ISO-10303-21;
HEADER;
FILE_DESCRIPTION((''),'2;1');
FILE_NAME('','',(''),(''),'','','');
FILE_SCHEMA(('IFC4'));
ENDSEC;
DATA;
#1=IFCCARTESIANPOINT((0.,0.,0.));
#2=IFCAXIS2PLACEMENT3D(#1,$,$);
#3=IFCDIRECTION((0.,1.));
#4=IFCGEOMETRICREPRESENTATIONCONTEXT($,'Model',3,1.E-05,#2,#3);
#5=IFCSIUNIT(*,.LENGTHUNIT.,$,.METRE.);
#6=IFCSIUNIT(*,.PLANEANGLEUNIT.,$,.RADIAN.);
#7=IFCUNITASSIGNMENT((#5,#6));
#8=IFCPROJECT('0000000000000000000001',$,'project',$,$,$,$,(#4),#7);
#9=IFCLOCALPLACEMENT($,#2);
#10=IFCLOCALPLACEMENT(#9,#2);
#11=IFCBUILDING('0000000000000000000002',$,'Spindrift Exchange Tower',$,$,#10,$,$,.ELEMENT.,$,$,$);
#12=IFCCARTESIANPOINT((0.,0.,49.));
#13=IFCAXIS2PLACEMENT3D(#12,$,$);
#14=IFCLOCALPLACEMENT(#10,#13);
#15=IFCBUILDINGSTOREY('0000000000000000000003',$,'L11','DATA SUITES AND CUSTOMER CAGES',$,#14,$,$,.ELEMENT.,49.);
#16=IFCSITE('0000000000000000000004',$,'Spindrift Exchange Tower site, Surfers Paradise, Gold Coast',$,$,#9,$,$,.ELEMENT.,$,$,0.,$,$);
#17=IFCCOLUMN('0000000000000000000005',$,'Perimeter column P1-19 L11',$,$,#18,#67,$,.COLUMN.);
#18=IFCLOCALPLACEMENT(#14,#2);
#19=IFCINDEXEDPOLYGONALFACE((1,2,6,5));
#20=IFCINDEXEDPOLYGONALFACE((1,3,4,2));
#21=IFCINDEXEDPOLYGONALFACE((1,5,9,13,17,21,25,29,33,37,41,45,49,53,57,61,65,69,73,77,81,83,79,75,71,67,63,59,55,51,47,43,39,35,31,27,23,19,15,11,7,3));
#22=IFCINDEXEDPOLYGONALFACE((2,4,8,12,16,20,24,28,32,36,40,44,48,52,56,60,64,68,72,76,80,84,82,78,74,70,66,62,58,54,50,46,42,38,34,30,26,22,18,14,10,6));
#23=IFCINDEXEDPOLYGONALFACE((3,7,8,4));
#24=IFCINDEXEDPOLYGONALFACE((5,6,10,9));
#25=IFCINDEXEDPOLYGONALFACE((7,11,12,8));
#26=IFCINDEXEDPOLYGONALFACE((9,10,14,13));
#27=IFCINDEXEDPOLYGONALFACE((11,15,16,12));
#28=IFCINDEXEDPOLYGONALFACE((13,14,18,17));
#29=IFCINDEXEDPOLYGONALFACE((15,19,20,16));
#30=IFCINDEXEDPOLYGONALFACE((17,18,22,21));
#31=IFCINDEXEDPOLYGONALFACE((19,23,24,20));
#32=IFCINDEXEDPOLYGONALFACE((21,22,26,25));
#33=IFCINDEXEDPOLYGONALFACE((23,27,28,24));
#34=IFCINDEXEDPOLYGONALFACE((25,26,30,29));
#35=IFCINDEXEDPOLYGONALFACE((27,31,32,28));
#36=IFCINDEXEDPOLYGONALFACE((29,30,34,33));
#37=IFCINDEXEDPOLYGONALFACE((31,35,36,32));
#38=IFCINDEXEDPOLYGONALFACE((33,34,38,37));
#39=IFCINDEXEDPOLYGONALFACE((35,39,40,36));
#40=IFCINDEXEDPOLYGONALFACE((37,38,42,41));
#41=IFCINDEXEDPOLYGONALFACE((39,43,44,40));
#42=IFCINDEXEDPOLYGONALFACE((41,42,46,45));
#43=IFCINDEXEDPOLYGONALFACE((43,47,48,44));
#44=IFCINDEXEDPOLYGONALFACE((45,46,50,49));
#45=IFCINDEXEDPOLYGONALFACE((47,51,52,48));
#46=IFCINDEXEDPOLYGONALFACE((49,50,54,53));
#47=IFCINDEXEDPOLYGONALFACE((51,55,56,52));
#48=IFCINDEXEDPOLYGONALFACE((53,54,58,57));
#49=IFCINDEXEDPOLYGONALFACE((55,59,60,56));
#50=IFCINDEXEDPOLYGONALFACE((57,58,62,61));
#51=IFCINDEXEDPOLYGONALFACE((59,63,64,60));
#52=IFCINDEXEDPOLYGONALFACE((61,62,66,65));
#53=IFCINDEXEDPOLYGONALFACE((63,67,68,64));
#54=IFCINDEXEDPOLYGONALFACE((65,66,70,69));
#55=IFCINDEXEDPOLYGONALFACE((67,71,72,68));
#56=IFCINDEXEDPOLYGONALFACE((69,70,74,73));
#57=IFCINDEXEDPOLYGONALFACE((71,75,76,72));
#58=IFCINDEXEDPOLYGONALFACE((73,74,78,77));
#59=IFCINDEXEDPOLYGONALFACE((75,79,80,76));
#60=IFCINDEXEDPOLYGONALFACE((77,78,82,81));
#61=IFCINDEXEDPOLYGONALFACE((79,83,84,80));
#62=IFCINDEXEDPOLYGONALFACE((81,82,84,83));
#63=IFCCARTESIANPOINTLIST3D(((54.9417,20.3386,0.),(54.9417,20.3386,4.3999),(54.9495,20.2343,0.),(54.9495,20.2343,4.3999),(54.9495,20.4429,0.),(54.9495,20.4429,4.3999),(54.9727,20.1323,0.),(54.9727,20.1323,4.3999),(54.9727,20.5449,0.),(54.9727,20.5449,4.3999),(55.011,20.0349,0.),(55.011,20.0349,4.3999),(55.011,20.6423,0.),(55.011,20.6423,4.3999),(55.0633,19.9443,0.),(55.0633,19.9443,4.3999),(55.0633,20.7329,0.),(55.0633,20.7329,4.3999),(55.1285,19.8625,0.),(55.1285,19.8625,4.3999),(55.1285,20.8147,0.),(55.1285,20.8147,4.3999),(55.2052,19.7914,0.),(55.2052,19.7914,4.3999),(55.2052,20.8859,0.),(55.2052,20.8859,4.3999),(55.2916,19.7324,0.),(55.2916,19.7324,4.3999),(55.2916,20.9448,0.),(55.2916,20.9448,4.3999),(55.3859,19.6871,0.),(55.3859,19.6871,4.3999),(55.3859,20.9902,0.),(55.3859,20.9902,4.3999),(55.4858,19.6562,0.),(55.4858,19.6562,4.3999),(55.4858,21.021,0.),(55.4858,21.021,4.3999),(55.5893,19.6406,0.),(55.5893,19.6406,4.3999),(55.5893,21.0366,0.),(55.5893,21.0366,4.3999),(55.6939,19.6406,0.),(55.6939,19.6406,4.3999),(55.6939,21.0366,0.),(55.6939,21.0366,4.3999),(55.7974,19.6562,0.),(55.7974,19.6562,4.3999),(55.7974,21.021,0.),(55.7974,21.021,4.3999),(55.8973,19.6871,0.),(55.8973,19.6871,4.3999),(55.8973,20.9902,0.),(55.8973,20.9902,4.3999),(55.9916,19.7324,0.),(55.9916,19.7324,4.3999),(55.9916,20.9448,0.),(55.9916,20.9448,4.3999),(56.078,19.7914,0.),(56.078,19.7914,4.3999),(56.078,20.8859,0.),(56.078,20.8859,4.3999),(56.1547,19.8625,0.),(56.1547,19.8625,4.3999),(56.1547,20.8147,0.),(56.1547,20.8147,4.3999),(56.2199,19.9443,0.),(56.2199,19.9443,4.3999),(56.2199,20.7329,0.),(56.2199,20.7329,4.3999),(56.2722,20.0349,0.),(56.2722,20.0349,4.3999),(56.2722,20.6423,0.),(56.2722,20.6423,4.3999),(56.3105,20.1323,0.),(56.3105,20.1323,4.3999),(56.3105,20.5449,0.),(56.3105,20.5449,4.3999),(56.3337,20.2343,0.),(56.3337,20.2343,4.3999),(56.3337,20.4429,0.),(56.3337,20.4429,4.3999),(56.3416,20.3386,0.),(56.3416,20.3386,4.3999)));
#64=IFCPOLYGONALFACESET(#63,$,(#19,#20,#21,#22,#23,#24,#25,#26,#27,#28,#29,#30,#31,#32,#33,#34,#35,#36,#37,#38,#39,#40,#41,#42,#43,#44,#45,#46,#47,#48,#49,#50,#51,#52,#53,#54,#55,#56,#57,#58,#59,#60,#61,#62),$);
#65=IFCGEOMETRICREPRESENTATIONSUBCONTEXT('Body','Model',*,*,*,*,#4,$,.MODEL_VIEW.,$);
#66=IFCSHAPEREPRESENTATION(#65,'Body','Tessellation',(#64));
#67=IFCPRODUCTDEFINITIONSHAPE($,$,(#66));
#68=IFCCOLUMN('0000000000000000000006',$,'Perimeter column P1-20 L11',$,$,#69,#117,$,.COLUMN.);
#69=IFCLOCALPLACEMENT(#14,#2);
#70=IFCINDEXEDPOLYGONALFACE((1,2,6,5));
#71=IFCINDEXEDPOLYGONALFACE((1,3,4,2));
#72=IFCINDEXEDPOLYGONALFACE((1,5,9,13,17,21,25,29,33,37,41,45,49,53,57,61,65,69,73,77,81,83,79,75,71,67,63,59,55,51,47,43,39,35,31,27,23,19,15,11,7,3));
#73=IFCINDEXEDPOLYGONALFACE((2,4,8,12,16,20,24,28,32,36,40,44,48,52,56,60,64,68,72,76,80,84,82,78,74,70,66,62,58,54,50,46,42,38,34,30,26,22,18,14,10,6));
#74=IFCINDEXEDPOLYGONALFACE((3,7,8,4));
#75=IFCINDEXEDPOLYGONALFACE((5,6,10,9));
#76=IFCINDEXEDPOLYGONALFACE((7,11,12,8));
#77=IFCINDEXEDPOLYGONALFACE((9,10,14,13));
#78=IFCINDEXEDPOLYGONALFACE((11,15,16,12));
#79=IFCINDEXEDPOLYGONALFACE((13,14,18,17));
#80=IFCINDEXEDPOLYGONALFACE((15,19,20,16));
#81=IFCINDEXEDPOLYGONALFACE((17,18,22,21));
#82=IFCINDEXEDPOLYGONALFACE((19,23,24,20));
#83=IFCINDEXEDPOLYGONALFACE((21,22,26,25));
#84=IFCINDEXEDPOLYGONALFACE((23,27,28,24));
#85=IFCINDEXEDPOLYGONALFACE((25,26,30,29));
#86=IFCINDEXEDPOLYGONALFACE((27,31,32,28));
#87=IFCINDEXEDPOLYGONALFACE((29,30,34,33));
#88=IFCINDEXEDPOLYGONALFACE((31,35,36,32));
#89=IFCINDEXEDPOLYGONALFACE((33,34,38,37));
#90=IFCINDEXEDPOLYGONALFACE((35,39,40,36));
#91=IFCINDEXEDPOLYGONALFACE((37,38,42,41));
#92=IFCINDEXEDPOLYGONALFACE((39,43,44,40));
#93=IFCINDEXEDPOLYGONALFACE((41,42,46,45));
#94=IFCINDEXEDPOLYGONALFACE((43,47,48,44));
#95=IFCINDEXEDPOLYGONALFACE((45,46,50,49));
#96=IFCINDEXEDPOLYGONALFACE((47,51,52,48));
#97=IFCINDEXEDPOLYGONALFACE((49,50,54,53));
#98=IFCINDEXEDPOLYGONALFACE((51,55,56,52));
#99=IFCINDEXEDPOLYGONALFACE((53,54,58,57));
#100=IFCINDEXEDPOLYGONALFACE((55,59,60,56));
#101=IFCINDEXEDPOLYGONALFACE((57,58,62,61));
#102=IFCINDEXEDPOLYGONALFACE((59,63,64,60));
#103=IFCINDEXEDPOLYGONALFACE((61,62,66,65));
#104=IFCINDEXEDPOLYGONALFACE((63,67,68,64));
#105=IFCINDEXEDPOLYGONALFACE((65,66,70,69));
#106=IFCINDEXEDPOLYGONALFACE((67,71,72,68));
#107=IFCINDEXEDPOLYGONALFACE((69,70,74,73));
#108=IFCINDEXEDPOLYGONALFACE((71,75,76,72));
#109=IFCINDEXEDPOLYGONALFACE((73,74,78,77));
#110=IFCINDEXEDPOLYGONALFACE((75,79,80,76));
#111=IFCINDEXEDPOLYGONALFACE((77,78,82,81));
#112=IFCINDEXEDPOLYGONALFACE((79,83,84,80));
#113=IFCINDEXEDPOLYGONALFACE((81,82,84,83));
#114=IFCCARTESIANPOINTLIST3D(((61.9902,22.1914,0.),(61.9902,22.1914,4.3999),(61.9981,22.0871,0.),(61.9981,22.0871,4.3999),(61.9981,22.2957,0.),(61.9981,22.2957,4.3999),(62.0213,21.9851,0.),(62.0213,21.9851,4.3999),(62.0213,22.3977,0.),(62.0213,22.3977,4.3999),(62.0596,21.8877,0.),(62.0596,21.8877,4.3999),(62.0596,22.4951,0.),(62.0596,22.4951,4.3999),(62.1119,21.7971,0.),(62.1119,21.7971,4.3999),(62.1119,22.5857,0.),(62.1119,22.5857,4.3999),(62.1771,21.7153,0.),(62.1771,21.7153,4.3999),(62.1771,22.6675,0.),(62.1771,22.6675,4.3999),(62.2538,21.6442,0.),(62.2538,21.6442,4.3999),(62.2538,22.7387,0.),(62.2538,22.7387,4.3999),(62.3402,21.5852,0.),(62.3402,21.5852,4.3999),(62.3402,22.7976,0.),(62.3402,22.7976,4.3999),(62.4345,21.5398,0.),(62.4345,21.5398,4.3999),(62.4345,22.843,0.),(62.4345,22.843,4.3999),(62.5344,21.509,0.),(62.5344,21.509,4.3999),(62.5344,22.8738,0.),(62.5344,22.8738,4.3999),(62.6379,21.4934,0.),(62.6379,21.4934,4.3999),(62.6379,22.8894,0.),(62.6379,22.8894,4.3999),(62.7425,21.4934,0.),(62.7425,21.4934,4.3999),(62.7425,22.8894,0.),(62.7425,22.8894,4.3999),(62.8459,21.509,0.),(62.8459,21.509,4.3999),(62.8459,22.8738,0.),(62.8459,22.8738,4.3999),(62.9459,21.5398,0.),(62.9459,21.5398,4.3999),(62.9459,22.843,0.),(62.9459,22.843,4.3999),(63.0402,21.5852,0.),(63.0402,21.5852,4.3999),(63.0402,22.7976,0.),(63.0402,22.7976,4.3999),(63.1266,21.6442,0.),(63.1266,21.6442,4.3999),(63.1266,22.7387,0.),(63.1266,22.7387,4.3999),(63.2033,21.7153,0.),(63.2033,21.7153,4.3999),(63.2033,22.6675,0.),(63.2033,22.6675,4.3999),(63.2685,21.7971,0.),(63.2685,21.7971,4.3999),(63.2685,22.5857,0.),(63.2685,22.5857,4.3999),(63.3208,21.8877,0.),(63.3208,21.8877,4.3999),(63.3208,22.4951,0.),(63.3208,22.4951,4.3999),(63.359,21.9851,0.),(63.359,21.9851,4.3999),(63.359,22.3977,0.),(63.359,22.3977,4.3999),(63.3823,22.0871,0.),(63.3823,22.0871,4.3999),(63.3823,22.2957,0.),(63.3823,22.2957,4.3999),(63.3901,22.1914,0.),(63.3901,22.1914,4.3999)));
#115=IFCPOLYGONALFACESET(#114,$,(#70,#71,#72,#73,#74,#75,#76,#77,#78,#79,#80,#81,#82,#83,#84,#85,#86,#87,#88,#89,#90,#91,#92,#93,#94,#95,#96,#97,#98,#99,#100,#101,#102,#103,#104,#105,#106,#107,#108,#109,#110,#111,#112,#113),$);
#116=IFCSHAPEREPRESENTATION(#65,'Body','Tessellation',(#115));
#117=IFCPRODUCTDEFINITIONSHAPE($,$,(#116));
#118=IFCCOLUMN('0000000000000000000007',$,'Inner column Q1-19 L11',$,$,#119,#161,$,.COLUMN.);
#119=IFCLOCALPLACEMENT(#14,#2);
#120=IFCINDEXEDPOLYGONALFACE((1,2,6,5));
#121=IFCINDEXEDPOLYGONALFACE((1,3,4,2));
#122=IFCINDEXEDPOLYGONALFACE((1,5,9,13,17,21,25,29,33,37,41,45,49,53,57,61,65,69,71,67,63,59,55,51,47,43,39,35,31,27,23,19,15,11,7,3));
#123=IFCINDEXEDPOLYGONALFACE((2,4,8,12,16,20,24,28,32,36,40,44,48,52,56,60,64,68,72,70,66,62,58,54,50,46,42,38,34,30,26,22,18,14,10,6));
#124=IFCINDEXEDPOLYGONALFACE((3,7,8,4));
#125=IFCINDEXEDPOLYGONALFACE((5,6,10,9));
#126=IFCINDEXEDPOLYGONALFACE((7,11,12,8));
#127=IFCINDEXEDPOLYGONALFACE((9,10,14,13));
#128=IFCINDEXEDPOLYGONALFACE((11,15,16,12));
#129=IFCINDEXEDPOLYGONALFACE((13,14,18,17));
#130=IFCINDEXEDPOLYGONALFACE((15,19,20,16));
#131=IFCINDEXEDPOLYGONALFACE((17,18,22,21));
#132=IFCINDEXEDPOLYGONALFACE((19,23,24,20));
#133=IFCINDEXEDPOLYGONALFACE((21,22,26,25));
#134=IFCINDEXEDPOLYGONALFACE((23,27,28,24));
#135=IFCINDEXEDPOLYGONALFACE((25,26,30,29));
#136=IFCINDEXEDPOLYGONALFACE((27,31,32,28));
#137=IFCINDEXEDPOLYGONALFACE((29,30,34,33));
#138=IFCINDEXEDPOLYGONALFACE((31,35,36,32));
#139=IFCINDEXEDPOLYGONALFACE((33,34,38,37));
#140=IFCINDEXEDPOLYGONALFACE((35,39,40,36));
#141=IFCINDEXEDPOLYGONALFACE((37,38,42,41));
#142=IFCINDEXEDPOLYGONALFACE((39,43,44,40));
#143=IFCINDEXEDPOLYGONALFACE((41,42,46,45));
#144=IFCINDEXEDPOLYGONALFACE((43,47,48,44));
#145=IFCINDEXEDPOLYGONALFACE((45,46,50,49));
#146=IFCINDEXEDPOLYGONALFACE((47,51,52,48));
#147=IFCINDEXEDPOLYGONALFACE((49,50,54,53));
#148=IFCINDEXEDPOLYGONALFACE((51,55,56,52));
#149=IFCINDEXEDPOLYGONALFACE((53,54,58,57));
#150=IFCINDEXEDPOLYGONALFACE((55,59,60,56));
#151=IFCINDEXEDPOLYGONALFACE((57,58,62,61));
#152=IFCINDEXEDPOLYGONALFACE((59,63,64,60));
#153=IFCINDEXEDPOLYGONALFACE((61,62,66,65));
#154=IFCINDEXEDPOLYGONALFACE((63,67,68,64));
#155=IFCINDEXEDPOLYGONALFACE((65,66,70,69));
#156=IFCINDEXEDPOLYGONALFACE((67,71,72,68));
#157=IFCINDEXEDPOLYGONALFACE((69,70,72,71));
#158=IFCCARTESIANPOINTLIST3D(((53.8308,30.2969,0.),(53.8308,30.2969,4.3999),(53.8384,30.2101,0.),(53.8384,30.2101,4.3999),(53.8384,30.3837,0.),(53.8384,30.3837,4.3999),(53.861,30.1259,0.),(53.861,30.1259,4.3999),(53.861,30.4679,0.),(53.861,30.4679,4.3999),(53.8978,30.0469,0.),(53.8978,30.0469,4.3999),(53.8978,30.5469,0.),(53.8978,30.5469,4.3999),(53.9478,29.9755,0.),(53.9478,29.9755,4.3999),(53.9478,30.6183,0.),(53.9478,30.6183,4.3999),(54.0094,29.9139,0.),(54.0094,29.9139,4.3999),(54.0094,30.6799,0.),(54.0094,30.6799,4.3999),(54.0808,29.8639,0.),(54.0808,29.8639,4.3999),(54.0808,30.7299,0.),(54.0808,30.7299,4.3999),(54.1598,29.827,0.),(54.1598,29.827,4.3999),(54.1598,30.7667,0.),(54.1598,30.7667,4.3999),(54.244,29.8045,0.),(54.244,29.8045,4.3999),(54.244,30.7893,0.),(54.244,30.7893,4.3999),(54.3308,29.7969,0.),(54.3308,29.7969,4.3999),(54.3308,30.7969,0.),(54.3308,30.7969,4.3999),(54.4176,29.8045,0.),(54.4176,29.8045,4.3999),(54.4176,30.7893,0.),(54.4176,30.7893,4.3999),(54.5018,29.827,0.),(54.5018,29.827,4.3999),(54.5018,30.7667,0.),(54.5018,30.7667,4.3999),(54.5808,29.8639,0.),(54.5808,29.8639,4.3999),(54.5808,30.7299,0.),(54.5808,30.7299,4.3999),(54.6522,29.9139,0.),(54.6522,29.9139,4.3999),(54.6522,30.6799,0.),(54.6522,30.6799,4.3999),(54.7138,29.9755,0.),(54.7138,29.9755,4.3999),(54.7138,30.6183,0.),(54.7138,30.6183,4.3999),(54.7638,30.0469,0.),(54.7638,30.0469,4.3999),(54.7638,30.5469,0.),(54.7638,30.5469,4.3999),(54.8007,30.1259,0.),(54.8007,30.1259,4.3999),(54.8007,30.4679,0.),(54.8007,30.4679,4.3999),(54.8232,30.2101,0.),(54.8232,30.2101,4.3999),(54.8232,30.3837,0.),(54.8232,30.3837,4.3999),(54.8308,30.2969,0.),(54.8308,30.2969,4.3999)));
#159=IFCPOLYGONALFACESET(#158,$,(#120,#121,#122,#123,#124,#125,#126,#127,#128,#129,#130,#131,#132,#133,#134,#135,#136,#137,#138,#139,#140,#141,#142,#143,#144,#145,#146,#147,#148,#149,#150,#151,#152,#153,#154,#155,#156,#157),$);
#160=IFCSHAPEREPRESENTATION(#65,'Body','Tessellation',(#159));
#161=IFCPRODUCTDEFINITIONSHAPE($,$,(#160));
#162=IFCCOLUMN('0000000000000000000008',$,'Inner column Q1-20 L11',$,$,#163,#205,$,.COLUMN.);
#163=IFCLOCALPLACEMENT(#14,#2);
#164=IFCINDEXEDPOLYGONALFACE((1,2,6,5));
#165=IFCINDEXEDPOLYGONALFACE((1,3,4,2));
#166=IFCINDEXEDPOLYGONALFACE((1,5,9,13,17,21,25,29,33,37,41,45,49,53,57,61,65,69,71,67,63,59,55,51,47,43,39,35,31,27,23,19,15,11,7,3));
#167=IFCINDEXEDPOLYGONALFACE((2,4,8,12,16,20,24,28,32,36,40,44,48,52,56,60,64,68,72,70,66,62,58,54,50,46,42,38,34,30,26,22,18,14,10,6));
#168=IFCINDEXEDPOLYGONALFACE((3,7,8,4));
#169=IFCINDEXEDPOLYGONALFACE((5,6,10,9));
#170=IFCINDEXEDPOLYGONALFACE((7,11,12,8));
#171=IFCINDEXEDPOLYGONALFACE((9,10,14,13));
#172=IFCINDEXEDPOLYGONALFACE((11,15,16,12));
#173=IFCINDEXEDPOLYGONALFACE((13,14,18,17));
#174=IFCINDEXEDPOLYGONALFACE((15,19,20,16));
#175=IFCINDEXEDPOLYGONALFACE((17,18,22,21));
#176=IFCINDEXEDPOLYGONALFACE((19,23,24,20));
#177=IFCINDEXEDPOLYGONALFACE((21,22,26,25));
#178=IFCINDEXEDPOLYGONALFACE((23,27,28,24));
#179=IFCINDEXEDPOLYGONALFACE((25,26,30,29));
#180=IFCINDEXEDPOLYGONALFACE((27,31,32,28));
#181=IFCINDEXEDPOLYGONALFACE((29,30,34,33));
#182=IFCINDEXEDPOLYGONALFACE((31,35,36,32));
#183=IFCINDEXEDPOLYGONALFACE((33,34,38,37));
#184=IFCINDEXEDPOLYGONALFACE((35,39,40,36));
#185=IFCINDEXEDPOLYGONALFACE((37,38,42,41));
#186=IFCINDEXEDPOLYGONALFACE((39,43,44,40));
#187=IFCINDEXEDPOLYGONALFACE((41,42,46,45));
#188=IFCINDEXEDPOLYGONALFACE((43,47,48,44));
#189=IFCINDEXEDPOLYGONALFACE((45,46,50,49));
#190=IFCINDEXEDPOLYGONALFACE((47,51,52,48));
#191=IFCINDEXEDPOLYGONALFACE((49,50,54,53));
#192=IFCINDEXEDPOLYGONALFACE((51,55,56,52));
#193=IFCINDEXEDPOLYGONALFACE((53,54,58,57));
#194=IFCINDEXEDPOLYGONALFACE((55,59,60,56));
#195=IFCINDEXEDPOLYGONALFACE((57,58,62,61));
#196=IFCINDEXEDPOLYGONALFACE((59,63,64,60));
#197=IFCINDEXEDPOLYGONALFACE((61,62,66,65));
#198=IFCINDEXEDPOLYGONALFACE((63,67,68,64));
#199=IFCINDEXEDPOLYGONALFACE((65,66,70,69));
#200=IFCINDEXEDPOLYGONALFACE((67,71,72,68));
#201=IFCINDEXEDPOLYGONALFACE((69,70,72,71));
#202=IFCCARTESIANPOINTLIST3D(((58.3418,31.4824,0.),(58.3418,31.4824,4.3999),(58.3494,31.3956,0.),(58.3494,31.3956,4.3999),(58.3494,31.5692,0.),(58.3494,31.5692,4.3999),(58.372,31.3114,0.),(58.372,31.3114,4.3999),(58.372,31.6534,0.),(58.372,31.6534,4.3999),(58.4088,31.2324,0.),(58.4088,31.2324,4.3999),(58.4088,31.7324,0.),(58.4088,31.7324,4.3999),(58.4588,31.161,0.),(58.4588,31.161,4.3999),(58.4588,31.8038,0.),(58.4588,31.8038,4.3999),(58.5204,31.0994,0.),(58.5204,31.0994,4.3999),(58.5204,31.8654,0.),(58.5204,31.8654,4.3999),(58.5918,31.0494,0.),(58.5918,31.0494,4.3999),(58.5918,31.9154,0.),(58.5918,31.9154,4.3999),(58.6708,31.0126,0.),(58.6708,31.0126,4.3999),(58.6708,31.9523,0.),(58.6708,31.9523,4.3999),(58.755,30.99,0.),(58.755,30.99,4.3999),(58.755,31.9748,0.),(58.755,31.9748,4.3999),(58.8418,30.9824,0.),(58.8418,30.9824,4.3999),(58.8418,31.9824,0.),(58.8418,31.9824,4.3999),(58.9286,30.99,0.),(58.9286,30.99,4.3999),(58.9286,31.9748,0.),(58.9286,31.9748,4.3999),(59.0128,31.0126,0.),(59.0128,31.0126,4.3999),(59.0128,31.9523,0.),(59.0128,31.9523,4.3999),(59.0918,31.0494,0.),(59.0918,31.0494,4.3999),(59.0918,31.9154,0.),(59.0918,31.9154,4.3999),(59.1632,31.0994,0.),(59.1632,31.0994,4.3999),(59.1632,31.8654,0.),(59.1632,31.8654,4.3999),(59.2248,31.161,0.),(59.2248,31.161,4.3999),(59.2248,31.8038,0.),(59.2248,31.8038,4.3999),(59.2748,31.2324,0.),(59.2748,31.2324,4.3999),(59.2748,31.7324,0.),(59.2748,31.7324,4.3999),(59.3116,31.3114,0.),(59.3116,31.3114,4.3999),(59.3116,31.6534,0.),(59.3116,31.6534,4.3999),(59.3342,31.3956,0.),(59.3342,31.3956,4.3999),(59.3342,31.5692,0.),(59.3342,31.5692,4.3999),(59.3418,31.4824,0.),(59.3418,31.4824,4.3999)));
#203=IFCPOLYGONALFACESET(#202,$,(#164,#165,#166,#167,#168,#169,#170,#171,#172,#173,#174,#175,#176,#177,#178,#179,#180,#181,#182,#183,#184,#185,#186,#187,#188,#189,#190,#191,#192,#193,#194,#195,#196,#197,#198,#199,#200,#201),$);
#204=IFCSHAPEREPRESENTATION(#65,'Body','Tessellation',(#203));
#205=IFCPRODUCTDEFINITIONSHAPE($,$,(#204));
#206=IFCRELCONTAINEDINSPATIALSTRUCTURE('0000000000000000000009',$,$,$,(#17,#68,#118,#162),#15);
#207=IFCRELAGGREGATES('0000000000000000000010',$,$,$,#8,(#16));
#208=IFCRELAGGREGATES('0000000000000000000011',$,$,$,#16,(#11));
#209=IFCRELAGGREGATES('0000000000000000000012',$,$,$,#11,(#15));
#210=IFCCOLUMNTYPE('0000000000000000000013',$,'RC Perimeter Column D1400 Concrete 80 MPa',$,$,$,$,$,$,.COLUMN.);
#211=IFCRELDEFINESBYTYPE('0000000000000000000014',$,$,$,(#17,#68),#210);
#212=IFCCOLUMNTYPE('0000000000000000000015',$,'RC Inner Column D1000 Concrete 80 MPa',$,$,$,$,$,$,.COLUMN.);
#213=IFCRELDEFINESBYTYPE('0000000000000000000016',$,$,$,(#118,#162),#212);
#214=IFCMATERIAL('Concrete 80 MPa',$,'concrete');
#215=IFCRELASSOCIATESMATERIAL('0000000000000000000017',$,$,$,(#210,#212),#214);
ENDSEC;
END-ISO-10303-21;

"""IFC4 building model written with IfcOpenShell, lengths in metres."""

from ifc_helpers import new_model, si_unit, direction, frame, origin, origin_2d, place, context, subcontext, project, spatial, circle, extrude, source, transform, mapped, material, material_profile, profile_set, type_object, element, save


model = new_model("IFC4")

# Units and contexts
model_context = context("Model", 3, precision=1e-05, world=origin(), true_north=direction((0.0, 1.0)))
body_context = subcontext(model_context, "Body", "Model", "MODEL_VIEW")
ifc_project = project(units=[si_unit("LENGTHUNIT", "METRE"), si_unit("PLANEANGLEUNIT", "RADIAN")], contexts=[model_context])

# Site, building, storey
site_placement = place(None, origin())
site = spatial("IfcSite", under=ifc_project, at=site_placement, Name="Spindrift Exchange Tower site, Surfers Paradise, Gold Coast", CompositionType="ELEMENT", RefElevation=0.0)
building_placement = place(site_placement, origin())
building = spatial("IfcBuilding", under=site, at=building_placement, Name="Spindrift Exchange Tower", CompositionType="ELEMENT")
storey_placement = place(building_placement, frame((0.0, 0.0, 49.0)))
storey = spatial("IfcBuildingStorey", under=building, at=storey_placement, Name="L11", Description="DATA SUITES AND CUSTOMER CAGES", CompositionType="ELEMENT", Elevation=49.0)

# Columns
ifc_material_1 = material(Name="Concrete 80 MPa", Category="concrete")
ifc_material_profile_1 = material_profile(ifc_material_1, circle(Radius=0.7, at=origin_2d()), Name="RC D1400")
ifc_profile_set_1 = profile_set([ifc_material_profile_1], Name="Concrete 80 MPa")
column_type_1 = type_object("IfcColumnType", Name="RC Perimeter Column D1400 Concrete 80 MPa", PredefinedType="COLUMN", material=ifc_profile_set_1)
shared_shape_1 = source(origin(), body_context, "Body", "SweptSolid", [
    extrude(circle(Radius=0.7, at=origin_2d()), origin(), (0.0, 0.0, 1.0), 4.3999),
])
for number, where, z_axis, x_axis, name in (
    (1, (55.6416, 20.3386, 0.0), (0.0, 0.0, 1.0), (1.0, 0.0, 0.0), "Perimeter column P1-19 L11"),
    (2, (62.6902, 22.1914, 0.0), (0.0, 0.0, 1.0), (1.0, 0.0, 0.0), "Perimeter column P1-20 L11"),
):
    element("IfcColumn", number, at=place(storey_placement, frame(where, z_axis=z_axis, x_axis=x_axis)), inside=storey, type_object=column_type_1, Name=name, PredefinedType="COLUMN", context=body_context, shape_type="MappedRepresentation", body=[
        mapped(shared_shape_1, transform((0.0, 0.0, 0.0), scale=1.0)),
    ])
ifc_material_profile_2 = material_profile(ifc_material_1, circle(Radius=0.5, at=origin_2d()), Name="RC D1000")
ifc_profile_set_2 = profile_set([ifc_material_profile_2], Name="Concrete 80 MPa")
column_type_2 = type_object("IfcColumnType", Name="RC Inner Column D1000 Concrete 80 MPa", PredefinedType="COLUMN", material=ifc_profile_set_2)
shared_shape_2 = source(origin(), body_context, "Body", "SweptSolid", [
    extrude(circle(Radius=0.5, at=origin_2d()), origin(), (0.0, 0.0, 1.0), 4.3999),
])
for number, where, z_axis, x_axis, name in (
    (3, (54.3308, 30.2969, 0.0), (0.0, 0.0, 1.0), (1.0, 0.0, 0.0), "Inner column Q1-19 L11"),
    (4, (58.8418, 31.4824, 0.0), (0.0, 0.0, 1.0), (1.0, 0.0, 0.0), "Inner column Q1-20 L11"),
):
    element("IfcColumn", number, at=place(storey_placement, frame(where, z_axis=z_axis, x_axis=x_axis)), inside=storey, type_object=column_type_2, Name=name, PredefinedType="COLUMN", context=body_context, shape_type="MappedRepresentation", body=[
        mapped(shared_shape_2, transform((0.0, 0.0, 0.0), scale=1.0)),
    ])

save(model, "model.ifc")
